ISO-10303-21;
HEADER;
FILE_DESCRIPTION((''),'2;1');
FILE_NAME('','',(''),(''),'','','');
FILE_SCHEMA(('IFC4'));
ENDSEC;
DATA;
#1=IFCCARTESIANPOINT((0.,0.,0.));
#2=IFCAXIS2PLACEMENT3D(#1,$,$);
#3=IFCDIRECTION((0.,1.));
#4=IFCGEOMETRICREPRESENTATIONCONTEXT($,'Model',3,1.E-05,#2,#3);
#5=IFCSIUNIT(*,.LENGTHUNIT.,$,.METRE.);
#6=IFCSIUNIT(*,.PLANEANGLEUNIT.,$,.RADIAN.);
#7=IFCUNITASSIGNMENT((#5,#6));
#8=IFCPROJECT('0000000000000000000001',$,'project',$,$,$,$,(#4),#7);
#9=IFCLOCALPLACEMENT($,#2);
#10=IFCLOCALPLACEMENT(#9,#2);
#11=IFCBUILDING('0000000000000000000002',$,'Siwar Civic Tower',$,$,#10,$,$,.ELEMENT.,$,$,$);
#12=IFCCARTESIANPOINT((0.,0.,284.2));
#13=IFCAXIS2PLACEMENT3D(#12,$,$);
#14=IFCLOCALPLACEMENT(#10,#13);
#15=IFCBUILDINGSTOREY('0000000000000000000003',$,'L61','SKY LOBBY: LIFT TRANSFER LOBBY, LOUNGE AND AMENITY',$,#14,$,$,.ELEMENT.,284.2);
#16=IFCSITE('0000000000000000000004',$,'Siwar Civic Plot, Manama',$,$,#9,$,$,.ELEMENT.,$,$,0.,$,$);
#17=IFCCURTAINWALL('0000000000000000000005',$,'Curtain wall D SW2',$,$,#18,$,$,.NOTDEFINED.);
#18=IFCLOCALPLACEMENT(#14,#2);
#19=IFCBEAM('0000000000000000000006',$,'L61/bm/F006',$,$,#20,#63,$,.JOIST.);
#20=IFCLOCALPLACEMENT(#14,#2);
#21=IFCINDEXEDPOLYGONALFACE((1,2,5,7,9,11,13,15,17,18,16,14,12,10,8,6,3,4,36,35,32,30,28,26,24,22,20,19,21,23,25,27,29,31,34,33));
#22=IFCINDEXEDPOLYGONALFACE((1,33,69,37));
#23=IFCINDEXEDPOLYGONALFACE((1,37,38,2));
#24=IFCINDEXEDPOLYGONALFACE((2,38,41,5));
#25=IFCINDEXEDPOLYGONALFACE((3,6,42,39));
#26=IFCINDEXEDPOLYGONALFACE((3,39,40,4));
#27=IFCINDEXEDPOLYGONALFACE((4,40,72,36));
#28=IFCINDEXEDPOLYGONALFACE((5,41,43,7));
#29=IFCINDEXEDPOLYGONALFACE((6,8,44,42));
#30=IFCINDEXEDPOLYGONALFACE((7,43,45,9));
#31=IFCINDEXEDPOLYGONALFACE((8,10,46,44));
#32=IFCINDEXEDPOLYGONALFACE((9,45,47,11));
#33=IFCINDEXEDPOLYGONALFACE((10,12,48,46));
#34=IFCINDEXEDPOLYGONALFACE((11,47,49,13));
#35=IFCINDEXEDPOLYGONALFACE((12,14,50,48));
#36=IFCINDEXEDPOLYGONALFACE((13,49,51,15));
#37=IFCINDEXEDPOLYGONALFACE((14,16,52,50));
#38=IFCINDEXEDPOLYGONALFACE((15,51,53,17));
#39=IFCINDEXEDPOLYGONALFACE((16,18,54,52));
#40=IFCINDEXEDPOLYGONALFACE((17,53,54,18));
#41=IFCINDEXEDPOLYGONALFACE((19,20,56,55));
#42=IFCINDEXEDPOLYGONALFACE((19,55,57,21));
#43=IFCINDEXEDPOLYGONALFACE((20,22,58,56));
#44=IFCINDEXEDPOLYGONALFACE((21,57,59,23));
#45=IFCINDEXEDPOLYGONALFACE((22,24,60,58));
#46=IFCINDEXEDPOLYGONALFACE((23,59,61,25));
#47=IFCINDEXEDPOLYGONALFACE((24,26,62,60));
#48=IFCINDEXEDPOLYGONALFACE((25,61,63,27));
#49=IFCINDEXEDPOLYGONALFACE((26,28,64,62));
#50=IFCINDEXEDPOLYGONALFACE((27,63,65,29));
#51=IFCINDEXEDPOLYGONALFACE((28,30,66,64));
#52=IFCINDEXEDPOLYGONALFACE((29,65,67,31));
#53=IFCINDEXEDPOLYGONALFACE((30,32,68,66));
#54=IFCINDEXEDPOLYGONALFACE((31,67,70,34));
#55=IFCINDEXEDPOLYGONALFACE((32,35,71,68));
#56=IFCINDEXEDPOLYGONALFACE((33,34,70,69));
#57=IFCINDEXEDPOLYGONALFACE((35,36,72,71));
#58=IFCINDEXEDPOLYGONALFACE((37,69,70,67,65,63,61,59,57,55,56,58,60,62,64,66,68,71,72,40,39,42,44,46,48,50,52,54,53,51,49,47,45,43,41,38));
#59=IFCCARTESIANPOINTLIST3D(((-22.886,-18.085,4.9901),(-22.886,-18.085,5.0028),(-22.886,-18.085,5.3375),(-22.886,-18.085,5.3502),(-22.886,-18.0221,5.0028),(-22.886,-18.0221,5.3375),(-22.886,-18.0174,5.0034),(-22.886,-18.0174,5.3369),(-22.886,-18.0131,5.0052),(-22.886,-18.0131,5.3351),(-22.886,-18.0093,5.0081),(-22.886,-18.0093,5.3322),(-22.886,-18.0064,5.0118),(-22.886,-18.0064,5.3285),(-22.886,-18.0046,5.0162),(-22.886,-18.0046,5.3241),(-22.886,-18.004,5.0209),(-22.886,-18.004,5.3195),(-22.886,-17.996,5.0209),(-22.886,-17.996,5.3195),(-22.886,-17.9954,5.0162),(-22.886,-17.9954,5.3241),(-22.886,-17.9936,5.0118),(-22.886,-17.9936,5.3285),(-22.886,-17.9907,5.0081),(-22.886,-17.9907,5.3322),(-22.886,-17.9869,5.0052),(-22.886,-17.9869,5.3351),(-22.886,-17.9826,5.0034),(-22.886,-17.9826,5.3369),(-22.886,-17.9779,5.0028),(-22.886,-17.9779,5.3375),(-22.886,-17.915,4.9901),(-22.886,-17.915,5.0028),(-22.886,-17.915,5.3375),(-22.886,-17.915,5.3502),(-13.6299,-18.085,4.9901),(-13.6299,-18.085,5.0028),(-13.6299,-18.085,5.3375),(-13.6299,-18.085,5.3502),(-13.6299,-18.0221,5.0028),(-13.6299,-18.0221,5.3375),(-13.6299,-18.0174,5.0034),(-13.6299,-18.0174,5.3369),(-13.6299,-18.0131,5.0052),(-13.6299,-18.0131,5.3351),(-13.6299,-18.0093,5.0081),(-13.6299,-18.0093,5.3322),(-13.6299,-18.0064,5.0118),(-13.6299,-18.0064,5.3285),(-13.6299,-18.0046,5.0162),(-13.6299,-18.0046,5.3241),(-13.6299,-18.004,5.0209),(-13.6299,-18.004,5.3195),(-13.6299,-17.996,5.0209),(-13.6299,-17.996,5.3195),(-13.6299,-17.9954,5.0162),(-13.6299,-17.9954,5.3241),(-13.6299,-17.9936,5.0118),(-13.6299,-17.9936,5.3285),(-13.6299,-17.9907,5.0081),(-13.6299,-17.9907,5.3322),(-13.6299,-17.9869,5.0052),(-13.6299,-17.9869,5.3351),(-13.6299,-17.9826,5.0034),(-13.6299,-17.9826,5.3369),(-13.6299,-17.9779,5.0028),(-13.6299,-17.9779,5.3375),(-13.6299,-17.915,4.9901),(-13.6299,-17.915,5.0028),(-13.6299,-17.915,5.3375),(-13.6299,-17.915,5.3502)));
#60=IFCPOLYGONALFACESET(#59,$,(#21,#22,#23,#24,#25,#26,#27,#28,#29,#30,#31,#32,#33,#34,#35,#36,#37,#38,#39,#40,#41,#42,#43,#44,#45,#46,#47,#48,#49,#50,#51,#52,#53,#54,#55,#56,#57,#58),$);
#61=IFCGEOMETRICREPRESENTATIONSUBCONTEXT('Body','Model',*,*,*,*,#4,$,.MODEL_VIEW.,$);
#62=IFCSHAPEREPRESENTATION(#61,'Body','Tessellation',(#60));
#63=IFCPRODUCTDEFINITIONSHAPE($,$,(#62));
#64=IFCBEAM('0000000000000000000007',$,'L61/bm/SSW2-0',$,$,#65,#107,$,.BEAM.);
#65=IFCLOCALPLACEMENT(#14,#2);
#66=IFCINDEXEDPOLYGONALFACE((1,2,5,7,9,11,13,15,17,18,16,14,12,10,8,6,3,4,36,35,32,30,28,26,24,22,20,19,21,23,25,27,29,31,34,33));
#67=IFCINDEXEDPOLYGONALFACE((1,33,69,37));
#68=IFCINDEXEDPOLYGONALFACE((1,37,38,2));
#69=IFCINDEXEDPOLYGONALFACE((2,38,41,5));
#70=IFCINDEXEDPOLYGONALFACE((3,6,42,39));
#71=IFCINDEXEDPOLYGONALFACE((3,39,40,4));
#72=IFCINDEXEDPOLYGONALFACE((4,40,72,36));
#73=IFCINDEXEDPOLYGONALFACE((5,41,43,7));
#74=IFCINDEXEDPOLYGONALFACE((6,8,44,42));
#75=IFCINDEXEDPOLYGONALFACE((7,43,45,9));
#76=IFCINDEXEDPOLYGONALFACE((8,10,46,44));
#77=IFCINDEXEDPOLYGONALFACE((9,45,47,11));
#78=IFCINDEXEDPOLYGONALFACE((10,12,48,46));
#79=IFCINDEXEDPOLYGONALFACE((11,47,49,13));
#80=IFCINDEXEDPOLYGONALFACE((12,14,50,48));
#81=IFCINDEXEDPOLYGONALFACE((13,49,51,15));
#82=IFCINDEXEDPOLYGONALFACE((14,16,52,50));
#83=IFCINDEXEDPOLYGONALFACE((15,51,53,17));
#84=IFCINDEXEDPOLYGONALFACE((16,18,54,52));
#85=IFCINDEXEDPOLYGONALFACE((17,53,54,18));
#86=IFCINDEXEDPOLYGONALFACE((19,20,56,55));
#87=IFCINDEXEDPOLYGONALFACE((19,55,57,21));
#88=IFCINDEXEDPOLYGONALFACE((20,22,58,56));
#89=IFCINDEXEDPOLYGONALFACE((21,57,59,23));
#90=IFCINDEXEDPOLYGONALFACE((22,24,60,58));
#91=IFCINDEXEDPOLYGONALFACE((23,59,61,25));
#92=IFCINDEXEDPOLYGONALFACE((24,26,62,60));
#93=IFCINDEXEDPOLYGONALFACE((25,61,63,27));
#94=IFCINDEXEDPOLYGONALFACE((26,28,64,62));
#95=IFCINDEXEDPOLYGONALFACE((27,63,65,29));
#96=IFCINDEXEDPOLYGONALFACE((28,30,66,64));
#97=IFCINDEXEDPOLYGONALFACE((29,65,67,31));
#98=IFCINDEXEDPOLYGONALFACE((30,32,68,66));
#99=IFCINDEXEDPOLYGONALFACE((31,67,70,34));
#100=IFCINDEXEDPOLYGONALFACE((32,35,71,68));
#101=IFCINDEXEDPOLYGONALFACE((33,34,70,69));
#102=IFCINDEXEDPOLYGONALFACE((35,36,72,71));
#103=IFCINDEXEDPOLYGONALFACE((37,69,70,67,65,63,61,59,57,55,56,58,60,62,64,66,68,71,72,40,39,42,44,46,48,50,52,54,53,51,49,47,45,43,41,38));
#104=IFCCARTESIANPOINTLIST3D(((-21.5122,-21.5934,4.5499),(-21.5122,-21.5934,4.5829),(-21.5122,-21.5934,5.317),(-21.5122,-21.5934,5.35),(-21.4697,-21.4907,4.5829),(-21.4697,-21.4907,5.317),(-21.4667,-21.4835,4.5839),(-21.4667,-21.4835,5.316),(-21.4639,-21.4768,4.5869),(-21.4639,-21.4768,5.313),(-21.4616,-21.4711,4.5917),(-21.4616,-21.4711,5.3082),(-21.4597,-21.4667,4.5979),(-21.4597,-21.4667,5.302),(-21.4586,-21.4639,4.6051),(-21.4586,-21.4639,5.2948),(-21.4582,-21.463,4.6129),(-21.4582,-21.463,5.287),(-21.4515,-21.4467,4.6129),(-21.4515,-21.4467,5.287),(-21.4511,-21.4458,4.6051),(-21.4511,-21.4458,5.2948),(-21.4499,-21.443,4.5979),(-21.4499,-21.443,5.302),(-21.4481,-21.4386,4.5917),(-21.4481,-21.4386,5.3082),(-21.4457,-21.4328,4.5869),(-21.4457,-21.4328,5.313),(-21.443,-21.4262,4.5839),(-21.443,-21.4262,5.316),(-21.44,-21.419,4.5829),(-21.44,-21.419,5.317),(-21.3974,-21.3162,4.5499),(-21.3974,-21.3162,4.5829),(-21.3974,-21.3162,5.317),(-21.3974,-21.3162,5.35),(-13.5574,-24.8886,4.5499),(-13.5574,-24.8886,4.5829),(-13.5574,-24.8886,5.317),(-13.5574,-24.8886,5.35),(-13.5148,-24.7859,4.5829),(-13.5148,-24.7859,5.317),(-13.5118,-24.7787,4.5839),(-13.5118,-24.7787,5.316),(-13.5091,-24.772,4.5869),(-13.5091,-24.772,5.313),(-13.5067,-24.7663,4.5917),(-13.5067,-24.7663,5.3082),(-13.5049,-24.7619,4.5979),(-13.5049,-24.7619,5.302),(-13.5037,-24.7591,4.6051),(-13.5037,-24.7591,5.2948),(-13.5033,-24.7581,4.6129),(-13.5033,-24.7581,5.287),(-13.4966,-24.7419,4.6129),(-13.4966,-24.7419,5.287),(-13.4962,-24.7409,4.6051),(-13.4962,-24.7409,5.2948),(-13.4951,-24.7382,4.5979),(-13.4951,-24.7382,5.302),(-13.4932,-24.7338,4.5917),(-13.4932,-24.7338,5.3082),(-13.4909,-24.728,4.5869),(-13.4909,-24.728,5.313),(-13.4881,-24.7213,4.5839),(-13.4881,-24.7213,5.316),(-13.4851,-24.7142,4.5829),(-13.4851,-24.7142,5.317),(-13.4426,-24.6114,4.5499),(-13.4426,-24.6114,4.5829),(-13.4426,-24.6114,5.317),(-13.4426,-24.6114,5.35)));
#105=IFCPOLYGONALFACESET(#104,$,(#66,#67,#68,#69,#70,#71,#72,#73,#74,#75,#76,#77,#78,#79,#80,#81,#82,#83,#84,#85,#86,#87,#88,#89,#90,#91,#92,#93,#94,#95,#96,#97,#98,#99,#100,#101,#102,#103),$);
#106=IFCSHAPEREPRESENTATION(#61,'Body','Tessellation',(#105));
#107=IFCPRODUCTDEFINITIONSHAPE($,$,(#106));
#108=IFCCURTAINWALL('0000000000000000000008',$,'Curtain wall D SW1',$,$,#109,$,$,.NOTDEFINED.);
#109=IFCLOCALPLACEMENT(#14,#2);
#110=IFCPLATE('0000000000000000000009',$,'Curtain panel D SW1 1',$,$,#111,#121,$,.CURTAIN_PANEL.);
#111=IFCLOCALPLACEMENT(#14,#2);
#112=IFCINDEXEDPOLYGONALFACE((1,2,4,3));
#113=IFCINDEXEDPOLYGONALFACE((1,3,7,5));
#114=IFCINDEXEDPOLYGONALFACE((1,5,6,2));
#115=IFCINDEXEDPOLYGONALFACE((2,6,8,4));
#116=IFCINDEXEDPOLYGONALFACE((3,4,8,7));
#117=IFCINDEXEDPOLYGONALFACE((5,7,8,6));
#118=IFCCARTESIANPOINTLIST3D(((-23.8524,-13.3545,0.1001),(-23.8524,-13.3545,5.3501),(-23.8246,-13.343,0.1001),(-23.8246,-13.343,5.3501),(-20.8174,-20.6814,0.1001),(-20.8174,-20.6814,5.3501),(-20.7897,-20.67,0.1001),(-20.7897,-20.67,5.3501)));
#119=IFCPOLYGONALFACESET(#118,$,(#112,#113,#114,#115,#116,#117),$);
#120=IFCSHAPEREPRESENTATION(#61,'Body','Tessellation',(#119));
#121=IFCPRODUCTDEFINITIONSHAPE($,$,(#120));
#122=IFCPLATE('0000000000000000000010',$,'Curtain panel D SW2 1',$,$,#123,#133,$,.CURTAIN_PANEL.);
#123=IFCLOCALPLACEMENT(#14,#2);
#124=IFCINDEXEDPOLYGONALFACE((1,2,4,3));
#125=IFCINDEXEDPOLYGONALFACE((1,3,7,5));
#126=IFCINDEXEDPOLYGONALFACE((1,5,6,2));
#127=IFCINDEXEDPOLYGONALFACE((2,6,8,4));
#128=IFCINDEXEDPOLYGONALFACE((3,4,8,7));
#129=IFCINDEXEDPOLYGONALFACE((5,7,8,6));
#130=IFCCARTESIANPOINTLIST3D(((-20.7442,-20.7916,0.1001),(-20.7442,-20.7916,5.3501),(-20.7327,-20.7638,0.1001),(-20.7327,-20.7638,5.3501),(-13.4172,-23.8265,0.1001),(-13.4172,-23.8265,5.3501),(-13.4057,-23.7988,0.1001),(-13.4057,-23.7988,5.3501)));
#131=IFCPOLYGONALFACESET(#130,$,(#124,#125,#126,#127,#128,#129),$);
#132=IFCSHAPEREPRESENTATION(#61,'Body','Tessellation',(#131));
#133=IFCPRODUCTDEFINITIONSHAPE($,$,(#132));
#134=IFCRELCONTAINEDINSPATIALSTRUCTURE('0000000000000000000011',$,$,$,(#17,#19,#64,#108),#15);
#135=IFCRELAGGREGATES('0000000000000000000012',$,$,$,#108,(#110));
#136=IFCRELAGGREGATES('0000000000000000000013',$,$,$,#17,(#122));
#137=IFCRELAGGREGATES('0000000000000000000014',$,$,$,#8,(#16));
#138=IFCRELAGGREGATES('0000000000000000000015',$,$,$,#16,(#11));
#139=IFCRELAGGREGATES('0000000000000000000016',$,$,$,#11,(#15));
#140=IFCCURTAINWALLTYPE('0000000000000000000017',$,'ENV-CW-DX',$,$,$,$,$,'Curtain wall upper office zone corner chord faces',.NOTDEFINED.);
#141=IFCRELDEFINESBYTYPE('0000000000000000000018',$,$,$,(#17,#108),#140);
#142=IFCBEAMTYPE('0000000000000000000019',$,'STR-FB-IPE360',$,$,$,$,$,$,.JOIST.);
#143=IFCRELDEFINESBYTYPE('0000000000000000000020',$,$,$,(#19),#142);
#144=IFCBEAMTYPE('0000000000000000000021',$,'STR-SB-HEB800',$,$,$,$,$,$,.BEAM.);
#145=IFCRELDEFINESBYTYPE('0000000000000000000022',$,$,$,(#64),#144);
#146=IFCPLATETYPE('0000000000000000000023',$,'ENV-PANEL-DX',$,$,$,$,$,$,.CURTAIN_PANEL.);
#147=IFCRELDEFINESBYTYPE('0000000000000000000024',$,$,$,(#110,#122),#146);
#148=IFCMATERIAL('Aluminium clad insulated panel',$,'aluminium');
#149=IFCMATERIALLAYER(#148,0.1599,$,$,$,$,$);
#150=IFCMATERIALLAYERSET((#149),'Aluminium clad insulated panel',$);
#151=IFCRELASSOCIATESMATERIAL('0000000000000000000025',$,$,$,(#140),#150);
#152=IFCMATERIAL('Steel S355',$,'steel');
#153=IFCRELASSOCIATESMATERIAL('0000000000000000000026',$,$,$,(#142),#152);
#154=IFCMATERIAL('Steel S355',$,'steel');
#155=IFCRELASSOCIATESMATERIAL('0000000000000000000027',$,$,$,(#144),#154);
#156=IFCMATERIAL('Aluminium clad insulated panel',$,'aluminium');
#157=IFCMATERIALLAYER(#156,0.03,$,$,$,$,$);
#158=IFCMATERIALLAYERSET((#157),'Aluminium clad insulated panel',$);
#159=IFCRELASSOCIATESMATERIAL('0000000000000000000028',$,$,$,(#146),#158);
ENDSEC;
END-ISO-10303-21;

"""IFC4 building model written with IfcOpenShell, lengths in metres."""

from ifc_helpers import new_model, si_unit, direction, frame, origin, origin_2d, place, context, subcontext, project, spatial, rectangle, i_section, extrude, material, layer, layer_set, material_profile, profile_set, type_object, element, aggregate, save


model = new_model("IFC4")

# Units and contexts
model_context = context("Model", 3, precision=1e-05, world=origin(), true_north=direction((0.0, 1.0)))
body_context = subcontext(model_context, "Body", "Model", "MODEL_VIEW")
ifc_project = project(units=[si_unit("LENGTHUNIT", "METRE"), si_unit("PLANEANGLEUNIT", "RADIAN")], contexts=[model_context])

# Site, building, storey
site_placement = place(None, origin())
site = spatial("IfcSite", under=ifc_project, at=site_placement, Name="Siwar Civic Plot, Manama", CompositionType="ELEMENT", RefElevation=0.0)
building_placement = place(site_placement, origin())
building = spatial("IfcBuilding", under=site, at=building_placement, Name="Siwar Civic Tower", CompositionType="ELEMENT")
storey_placement = place(building_placement, frame((0.0, 0.0, 284.2)))
storey = spatial("IfcBuildingStorey", under=building, at=storey_placement, Name="L61", Description="SKY LOBBY: LIFT TRANSFER LOBBY, LOUNGE AND AMENITY", CompositionType="ELEMENT", Elevation=284.2)

# Curtain wall
ifc_material_1 = material(Name="Aluminium clad insulated panel", Category="aluminium")
ifc_layer_1 = layer(ifc_material_1, 0.1599)
ifc_layer_set_1 = layer_set([ifc_layer_1], Name="Aluminium clad insulated panel")
curtain_wall_type = type_object("IfcCurtainWallType", Name="ENV-CW-DX", ElementType="Curtain wall upper office zone corner chord faces", PredefinedType="NOTDEFINED", material=ifc_layer_set_1)
curtain_wall_1_placement = place(storey_placement, origin())
curtain_wall_1 = element("IfcCurtainWall", 1, at=curtain_wall_1_placement, inside=storey, type_object=curtain_wall_type, Name="Curtain wall D SW2", PredefinedType="NOTDEFINED")

# Beams
ifc_material_2 = material(Name="Steel S355", Category="steel")
ifc_material_profile_1 = material_profile(ifc_material_2, i_section(OverallWidth=0.1699, OverallDepth=0.3601, WebThickness=0.0081, FlangeThickness=0.0127, FilletRadius=0.0181, at=origin_2d()), Name="IPE360")
ifc_profile_set_1 = profile_set([ifc_material_profile_1], Name="Steel S355")
beam_type_1 = type_object("IfcBeamType", Name="STR-FB-IPE360", PredefinedType="JOIST", material=ifc_profile_set_1)
beam_1_placement = place(storey_placement, frame((-22.886, -18.0, 5.1702), z_axis=(1.0, 0.0, 0.0), x_axis=(0.0, 1.0, 0.0)))
element("IfcBeam", 2, at=beam_1_placement, inside=storey, type_object=beam_type_1, Name="L61/bm/F006", PredefinedType="JOIST", context=body_context, shape_type="SweptSolid", body=[
    extrude(i_section(OverallWidth=0.1699, OverallDepth=0.3601, WebThickness=0.0081, FlangeThickness=0.0127, FilletRadius=0.0181, at=origin_2d()), origin(), (0.0, 0.0, 1.0), 9.2561),
])
ifc_material_3 = material(Name="Steel S355", Category="steel")
ifc_material_profile_2 = material_profile(ifc_material_3, i_section(OverallWidth=0.3, OverallDepth=0.8, WebThickness=0.0176, FlangeThickness=0.033, FilletRadius=0.03, at=origin_2d()), Name="HEB800")
ifc_profile_set_2 = profile_set([ifc_material_profile_2], Name="Steel S355")
beam_type_2 = type_object("IfcBeamType", Name="STR-SB-HEB800", PredefinedType="BEAM", material=ifc_profile_set_2)
beam_2_placement = place(storey_placement, frame((-21.4548, -21.4548, 4.95), z_axis=(0.923873, -0.3827, 0.0), x_axis=(0.3827, 0.923873, 0.0)))
element("IfcBeam", 3, at=beam_2_placement, inside=storey, type_object=beam_type_2, Name="L61/bm/SSW2-0", PredefinedType="BEAM", context=body_context, shape_type="SweptSolid", body=[
    extrude(i_section(OverallWidth=0.3, OverallDepth=0.8, WebThickness=0.0176, FlangeThickness=0.033, FilletRadius=0.03, at=origin_2d()), origin(), (0.0, 0.0, 1.0), 8.6104),
])

# Curtain wall, plate
curtain_wall_2_placement = place(storey_placement, origin())
curtain_wall_2 = element("IfcCurtainWall", 4, at=curtain_wall_2_placement, inside=storey, type_object=curtain_wall_type, Name="Curtain wall D SW1", PredefinedType="NOTDEFINED")
ifc_material_4 = material(Name="Aluminium clad insulated panel", Category="aluminium")
ifc_layer_2 = layer(ifc_material_4, 0.03)
ifc_layer_set_2 = layer_set([ifc_layer_2], Name="Aluminium clad insulated panel")
plate_type = type_object("IfcPlateType", Name="ENV-PANEL-DX", PredefinedType="CURTAIN_PANEL", material=ifc_layer_set_2)
plate_1_placement = place(storey_placement, frame((-22.321, -17.0122, 0.1001), z_axis=(0.0, 0.0, 1.0), x_axis=(0.382683, -0.92388, 0.0)))
plate_1 = element("IfcPlate", 5, at=plate_1_placement, type_object=plate_type, Name="Curtain panel D SW1 1", PredefinedType="CURTAIN_PANEL", context=body_context, shape_type="SweptSolid", body=[
    extrude(rectangle(XDim=7.9307, YDim=0.03, at=origin_2d()), origin(), (0.0, 0.0, 1.0), 5.25),
])
aggregate(curtain_wall_2, [plate_1])

# Plate
plate_2_placement = place(storey_placement, frame((-17.075, -22.2952, 0.1001), z_axis=(0.0, 0.0, 1.0), x_axis=(0.92388, -0.382683, 0.0)))
plate_2 = element("IfcPlate", 6, at=plate_2_placement, type_object=plate_type, Name="Curtain panel D SW2 1", PredefinedType="CURTAIN_PANEL", context=body_context, shape_type="SweptSolid", body=[
    extrude(rectangle(XDim=7.9307, YDim=0.03, at=origin_2d()), origin(), (0.0, 0.0, 1.0), 5.25),
])
aggregate(curtain_wall_1, [plate_2])

save(model, "model.ifc")
